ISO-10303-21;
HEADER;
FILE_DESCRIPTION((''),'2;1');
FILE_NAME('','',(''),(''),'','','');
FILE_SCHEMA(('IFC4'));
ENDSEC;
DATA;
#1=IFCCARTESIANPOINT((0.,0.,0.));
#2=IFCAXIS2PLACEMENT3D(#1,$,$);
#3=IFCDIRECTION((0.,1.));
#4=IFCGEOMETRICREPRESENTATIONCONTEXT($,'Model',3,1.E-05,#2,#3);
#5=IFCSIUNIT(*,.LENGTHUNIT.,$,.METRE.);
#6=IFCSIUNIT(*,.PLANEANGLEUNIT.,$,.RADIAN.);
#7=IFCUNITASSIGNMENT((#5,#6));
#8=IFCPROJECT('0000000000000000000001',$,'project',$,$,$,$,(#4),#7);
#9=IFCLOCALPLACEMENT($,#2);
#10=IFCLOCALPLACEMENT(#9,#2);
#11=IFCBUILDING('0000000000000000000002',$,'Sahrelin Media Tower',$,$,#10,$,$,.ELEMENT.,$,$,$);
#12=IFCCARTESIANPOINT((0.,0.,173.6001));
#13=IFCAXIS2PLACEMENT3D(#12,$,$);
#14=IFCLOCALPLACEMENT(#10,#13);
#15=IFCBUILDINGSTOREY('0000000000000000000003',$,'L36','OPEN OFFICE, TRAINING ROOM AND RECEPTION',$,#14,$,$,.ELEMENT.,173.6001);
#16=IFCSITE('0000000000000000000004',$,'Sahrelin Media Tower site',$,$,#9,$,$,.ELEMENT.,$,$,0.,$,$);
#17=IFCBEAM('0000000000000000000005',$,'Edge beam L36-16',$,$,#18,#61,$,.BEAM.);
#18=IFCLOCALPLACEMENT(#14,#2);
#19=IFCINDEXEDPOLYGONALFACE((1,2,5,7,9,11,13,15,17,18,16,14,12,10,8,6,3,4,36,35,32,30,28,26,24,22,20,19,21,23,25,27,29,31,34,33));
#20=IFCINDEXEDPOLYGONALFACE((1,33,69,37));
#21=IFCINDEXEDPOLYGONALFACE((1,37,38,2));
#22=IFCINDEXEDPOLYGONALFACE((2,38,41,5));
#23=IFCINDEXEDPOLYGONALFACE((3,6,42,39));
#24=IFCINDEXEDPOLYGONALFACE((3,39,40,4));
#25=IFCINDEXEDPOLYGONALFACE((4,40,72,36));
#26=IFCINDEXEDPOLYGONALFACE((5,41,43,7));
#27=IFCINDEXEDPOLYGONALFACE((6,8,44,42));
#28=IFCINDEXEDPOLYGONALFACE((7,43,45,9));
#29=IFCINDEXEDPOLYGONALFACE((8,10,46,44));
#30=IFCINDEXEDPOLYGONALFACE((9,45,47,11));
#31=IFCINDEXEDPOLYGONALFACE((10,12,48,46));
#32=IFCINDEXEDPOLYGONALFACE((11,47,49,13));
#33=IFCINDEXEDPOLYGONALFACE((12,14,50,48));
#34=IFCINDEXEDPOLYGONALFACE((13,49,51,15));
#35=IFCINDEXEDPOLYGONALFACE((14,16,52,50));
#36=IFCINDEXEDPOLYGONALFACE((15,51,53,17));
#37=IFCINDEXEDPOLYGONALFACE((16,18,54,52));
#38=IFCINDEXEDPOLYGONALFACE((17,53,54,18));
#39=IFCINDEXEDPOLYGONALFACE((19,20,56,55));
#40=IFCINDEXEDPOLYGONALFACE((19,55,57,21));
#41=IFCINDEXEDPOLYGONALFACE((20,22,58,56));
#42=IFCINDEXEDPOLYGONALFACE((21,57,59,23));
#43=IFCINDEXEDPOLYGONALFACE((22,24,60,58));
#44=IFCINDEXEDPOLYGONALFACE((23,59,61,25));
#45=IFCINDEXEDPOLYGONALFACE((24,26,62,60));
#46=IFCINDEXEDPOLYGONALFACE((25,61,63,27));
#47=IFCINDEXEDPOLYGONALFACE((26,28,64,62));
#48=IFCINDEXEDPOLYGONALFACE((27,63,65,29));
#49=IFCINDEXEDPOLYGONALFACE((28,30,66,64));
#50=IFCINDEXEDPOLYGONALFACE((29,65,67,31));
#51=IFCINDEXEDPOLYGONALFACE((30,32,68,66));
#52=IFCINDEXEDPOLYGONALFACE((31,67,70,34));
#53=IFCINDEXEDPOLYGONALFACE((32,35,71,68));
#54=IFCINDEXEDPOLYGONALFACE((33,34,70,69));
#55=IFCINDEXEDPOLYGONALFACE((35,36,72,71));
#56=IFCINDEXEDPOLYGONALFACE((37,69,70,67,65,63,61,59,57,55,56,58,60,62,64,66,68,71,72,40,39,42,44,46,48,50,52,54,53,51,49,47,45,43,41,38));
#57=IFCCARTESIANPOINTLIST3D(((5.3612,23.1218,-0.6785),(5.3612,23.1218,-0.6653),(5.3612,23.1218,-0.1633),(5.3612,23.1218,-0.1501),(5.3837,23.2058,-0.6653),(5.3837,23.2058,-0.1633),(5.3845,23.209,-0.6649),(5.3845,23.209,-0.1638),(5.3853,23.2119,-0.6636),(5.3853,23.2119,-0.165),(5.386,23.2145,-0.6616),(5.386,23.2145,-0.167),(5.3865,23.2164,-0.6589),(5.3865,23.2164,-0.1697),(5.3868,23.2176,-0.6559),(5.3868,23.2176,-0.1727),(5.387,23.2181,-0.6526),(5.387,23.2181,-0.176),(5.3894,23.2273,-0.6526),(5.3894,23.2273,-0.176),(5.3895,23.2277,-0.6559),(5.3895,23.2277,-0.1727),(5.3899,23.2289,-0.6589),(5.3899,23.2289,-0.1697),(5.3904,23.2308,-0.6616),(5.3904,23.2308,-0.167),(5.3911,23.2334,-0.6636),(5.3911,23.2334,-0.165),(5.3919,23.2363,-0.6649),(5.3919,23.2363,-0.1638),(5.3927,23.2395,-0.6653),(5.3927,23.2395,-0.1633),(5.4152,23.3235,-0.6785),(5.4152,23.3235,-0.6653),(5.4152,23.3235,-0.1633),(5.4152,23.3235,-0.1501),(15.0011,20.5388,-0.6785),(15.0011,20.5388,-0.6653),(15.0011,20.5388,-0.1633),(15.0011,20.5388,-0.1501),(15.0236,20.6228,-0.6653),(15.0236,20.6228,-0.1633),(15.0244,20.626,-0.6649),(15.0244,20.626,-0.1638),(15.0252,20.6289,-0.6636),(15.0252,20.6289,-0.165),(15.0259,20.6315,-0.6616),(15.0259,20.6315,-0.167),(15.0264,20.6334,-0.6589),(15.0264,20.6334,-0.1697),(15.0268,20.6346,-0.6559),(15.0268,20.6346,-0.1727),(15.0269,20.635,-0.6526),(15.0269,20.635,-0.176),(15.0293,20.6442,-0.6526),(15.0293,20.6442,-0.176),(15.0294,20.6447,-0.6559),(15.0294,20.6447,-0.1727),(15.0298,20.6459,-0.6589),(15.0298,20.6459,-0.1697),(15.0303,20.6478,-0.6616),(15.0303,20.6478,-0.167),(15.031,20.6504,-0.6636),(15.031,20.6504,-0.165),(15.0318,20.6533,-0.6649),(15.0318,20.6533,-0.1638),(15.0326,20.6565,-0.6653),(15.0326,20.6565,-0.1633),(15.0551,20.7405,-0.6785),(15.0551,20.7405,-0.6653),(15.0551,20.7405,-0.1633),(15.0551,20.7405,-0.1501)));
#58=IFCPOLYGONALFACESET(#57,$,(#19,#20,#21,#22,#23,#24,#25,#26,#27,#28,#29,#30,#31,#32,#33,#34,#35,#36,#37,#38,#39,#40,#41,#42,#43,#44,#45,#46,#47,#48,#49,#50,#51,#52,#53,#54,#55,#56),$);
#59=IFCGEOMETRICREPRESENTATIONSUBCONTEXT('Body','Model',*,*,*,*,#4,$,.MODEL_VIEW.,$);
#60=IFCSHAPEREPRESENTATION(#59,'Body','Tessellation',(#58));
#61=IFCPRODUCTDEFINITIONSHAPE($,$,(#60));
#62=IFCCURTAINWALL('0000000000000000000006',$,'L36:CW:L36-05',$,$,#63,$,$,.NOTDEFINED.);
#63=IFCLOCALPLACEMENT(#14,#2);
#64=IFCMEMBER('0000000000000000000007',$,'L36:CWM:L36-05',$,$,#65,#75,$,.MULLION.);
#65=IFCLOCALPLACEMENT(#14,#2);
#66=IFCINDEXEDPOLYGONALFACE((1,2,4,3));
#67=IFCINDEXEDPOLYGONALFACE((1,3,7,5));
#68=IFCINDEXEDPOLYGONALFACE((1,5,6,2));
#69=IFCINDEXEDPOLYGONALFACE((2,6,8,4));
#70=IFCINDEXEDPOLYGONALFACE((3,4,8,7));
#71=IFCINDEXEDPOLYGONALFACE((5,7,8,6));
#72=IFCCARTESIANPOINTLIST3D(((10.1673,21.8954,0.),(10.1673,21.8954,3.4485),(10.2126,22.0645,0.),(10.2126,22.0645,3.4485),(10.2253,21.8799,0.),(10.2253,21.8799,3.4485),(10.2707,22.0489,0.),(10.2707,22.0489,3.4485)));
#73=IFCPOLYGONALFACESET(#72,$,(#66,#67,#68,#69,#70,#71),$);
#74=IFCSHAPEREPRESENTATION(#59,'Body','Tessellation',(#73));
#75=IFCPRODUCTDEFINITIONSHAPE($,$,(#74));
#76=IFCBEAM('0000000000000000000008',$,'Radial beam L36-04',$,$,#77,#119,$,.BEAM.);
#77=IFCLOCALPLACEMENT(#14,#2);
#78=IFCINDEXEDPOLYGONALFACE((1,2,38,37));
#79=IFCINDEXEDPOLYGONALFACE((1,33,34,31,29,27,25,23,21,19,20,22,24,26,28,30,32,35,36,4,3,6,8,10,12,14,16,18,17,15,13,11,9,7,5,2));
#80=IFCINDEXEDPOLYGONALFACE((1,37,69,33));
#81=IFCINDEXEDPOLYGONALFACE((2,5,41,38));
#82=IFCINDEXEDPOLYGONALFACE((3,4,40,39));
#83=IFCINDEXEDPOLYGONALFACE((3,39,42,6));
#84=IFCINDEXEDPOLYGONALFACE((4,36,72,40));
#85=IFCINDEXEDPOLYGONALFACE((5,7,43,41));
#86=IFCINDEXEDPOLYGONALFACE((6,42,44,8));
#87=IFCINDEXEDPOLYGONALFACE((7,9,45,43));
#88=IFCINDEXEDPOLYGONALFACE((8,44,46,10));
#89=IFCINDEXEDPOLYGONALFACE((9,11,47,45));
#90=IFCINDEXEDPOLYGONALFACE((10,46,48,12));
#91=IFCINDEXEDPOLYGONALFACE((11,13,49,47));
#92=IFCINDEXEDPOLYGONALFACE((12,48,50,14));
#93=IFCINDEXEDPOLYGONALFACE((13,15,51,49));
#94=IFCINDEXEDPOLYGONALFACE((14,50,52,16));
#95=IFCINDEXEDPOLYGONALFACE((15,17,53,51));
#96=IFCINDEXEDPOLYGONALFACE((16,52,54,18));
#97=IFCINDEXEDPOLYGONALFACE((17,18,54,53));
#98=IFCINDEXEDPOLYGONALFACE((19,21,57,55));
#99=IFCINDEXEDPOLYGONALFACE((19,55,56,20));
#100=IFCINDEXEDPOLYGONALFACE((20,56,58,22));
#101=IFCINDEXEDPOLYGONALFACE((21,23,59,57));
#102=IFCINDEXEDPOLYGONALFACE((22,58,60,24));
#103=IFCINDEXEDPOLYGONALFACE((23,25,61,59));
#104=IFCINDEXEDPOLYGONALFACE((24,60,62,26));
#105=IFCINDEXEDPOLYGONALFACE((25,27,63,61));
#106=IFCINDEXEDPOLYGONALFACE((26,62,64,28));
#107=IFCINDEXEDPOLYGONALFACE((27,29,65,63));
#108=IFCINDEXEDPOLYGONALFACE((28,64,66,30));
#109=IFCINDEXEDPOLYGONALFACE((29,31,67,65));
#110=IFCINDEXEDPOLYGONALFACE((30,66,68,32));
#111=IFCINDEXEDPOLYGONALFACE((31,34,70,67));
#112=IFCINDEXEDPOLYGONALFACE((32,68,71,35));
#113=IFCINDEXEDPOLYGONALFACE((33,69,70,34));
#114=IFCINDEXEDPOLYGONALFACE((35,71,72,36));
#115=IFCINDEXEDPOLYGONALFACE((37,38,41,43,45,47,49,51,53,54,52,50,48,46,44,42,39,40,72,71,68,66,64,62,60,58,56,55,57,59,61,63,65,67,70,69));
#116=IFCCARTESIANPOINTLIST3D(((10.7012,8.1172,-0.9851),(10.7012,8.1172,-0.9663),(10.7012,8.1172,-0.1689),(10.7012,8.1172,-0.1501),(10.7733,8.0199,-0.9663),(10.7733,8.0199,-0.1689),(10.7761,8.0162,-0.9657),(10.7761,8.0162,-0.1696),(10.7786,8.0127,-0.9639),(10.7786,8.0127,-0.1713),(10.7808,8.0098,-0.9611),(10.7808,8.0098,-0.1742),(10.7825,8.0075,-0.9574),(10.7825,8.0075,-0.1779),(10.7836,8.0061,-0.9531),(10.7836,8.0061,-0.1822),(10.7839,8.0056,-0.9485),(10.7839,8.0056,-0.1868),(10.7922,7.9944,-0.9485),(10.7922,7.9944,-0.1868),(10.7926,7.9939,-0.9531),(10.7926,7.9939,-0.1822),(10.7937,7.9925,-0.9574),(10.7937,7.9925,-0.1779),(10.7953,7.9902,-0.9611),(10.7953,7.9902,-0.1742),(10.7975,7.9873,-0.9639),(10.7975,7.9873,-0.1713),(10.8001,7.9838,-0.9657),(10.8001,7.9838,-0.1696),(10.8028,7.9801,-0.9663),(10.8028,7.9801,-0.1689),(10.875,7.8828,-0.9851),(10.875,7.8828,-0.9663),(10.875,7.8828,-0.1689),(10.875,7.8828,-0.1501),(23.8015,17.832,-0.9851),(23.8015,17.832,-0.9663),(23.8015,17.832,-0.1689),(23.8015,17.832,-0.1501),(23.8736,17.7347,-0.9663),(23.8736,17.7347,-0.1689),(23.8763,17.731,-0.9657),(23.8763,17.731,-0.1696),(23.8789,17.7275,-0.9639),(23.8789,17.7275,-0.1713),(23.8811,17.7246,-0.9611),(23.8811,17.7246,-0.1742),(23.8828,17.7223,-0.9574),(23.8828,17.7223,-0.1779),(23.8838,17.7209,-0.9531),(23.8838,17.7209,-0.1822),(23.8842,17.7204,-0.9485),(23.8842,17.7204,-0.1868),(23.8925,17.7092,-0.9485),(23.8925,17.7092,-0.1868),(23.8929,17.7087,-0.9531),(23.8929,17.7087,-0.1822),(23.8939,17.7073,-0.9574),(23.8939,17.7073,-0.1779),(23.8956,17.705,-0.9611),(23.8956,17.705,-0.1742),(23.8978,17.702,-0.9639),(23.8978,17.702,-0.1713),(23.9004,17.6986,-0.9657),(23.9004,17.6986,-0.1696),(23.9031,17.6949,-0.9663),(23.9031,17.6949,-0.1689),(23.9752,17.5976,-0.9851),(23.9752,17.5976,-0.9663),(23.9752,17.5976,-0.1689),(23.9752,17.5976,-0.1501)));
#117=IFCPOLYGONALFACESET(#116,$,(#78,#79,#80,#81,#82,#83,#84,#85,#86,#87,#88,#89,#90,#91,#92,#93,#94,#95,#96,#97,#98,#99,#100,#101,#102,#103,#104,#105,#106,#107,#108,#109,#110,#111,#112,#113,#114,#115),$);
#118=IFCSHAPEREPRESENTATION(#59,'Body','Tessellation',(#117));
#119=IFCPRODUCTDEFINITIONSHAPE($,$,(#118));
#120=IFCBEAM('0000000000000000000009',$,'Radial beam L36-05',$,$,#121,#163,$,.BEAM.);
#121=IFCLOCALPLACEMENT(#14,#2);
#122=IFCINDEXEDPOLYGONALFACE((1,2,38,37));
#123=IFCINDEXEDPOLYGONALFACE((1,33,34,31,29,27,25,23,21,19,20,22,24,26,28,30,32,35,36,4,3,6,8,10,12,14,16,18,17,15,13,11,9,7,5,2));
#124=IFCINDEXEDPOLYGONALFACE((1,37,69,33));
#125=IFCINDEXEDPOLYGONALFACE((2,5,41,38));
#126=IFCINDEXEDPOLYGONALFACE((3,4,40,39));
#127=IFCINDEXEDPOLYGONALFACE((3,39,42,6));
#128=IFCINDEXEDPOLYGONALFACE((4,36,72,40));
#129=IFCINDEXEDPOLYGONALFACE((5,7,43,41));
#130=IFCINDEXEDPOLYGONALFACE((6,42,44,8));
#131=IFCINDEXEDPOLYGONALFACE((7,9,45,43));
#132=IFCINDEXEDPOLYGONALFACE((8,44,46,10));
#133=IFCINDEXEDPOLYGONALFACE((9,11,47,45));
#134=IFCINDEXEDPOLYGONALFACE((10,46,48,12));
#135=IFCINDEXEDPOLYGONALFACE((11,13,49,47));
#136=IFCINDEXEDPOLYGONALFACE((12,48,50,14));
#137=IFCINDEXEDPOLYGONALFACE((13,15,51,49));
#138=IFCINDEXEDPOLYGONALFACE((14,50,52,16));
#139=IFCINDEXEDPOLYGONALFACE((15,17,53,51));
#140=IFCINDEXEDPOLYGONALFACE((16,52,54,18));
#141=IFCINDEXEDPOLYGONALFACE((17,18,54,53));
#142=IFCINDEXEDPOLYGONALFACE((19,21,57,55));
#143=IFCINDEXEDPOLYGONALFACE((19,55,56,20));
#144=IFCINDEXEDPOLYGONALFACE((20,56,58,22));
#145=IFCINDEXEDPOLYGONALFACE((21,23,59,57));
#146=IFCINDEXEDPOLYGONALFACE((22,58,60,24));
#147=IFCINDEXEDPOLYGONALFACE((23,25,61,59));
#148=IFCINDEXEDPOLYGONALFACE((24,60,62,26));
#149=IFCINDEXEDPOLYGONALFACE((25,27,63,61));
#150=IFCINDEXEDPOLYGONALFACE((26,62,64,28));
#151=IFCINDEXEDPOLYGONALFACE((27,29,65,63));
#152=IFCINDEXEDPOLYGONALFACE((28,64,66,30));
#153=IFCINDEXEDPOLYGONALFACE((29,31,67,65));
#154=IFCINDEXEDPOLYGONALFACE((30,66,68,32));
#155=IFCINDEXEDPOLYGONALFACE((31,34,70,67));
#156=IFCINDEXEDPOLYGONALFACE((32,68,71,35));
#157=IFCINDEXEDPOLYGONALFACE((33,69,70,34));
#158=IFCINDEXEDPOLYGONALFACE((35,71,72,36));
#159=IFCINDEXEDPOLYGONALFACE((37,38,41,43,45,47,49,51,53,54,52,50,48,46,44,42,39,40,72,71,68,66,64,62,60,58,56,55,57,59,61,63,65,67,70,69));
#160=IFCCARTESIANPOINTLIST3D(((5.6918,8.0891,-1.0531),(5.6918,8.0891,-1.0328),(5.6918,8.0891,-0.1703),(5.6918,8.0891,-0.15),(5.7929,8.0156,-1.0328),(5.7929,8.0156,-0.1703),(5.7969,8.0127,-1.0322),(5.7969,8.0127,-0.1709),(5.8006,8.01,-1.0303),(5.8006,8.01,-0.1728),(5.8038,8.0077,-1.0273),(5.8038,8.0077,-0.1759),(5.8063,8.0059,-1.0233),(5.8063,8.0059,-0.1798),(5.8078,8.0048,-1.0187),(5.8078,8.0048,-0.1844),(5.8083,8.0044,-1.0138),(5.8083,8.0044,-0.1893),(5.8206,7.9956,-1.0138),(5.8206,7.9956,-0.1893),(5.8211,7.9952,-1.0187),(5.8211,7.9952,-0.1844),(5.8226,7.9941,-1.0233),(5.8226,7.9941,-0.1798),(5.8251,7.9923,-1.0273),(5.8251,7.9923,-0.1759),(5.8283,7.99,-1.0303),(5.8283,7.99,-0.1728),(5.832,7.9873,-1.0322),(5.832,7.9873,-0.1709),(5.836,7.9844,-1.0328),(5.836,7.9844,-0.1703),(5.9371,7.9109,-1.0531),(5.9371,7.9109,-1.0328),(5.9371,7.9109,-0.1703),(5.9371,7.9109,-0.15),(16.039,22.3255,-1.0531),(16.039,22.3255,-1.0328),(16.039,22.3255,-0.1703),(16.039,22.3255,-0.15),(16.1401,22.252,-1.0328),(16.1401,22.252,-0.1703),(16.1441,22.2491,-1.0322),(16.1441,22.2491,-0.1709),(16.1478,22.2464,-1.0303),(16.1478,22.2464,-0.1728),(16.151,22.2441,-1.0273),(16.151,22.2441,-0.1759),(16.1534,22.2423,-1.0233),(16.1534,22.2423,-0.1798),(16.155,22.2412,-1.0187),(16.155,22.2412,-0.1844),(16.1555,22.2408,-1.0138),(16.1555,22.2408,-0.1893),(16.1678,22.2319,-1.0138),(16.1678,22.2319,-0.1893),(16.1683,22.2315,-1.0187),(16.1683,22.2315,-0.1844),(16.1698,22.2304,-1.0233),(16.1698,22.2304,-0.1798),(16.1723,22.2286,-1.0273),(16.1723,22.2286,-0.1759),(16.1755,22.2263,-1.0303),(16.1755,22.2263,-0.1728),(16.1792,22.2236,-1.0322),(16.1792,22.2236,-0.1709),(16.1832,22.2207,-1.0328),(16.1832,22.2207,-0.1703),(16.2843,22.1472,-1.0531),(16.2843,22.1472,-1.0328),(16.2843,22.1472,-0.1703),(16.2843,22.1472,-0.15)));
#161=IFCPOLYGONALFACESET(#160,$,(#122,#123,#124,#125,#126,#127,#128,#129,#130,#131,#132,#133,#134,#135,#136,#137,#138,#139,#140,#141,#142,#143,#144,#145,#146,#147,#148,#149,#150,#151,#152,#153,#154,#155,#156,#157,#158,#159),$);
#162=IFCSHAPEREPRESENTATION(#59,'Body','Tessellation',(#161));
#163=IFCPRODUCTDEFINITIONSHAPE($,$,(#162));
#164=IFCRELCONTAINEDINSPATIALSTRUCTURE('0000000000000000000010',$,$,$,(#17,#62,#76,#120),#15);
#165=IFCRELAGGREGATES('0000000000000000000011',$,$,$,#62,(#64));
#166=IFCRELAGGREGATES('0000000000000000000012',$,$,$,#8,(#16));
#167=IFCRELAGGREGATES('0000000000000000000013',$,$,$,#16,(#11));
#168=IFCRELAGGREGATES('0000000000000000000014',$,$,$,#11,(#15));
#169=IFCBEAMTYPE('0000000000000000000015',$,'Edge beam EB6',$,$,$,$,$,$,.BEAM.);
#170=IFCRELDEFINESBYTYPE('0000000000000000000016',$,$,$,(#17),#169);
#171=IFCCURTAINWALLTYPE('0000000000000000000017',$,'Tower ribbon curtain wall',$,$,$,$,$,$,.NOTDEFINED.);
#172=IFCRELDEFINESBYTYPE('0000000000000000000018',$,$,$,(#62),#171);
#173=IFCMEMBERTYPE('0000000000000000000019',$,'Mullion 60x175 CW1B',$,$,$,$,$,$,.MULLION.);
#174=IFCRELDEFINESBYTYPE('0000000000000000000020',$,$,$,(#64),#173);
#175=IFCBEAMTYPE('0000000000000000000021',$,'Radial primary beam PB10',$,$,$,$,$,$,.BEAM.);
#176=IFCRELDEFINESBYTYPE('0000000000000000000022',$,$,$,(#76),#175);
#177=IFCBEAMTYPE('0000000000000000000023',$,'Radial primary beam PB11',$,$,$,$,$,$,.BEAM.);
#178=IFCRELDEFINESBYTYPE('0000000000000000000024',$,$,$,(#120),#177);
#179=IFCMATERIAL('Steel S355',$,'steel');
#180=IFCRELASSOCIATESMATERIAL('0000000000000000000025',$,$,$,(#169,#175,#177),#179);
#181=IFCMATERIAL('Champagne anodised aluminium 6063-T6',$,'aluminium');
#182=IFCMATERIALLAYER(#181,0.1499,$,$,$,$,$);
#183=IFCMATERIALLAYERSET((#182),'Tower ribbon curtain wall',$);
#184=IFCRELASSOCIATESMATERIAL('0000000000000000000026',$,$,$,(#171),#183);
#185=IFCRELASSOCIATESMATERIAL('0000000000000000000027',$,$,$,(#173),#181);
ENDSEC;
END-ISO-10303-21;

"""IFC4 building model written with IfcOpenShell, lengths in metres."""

from ifc_helpers import new_model, si_unit, direction, frame, origin, origin_2d, place, context, subcontext, project, spatial, rectangle, i_section, extrude, material, layer, layer_set, material_profile, profile_set, type_object, element, aggregate, save


model = new_model("IFC4")

# Units and contexts
model_context = context("Model", 3, precision=1e-05, world=origin(), true_north=direction((0.0, 1.0)))
body_context = subcontext(model_context, "Body", "Model", "MODEL_VIEW")
ifc_project = project(units=[si_unit("LENGTHUNIT", "METRE"), si_unit("PLANEANGLEUNIT", "RADIAN")], contexts=[model_context])

# Site, building, storey
site_placement = place(None, origin())
site = spatial("IfcSite", under=ifc_project, at=site_placement, Name="Sahrelin Media Tower site", CompositionType="ELEMENT", RefElevation=0.0)
building_placement = place(site_placement, origin())
building = spatial("IfcBuilding", under=site, at=building_placement, Name="Sahrelin Media Tower", CompositionType="ELEMENT")
storey_placement = place(building_placement, frame((0.0, 0.0, 173.6001)))
storey = spatial("IfcBuildingStorey", under=building, at=storey_placement, Name="L36", Description="OPEN OFFICE, TRAINING ROOM AND RECEPTION", CompositionType="ELEMENT", Elevation=173.6001)

# Beam
ifc_material_1 = material(Name="Steel S355", Category="steel")
ifc_material_profile_1 = material_profile(ifc_material_1, i_section(OverallWidth=0.2087, OverallDepth=0.5283, WebThickness=0.0095, FlangeThickness=0.0132, FilletRadius=0.0127, at=origin_2d()), Name="UB 533x210x82")
ifc_profile_set_1 = profile_set([ifc_material_profile_1], Name="Steel S355")
beam_type_1 = type_object("IfcBeamType", Name="Edge beam EB6", PredefinedType="BEAM", material=ifc_profile_set_1)
beam_1_placement = place(storey_placement, frame((5.3882, 23.2227, -0.4143), z_axis=(0.965926, -0.25882, 0.0), x_axis=(0.25882, 0.965926, 0.0)))
element("IfcBeam", 1, at=beam_1_placement, inside=storey, type_object=beam_type_1, Name="Edge beam L36-16", PredefinedType="BEAM", context=body_context, shape_type="SweptSolid", body=[
    extrude(i_section(OverallWidth=0.2087, OverallDepth=0.5283, WebThickness=0.0095, FlangeThickness=0.0132, FilletRadius=0.0127, at=origin_2d()), origin(), (0.0, 0.0, 1.0), 9.98),
])

# Curtain wall, member
ifc_material_2 = material(Name="Champagne anodised aluminium 6063-T6", Category="aluminium")
ifc_layer_1 = layer(ifc_material_2, 0.1499)
ifc_layer_set_1 = layer_set([ifc_layer_1], Name="Tower ribbon curtain wall")
curtain_wall_type = type_object("IfcCurtainWallType", Name="Tower ribbon curtain wall", PredefinedType="NOTDEFINED", material=ifc_layer_set_1)
curtain_wall_1_placement = place(storey_placement, frame((10.2471, 22.0762, 0.0), z_axis=(0.0, 0.0, 1.0), x_axis=(1.0, 0.0, 0.0)))
curtain_wall_1 = element("IfcCurtainWall", 2, at=curtain_wall_1_placement, inside=storey, type_object=curtain_wall_type, Name="L36:CW:L36-05", PredefinedType="NOTDEFINED")
ifc_material_profile_2 = material_profile(ifc_material_2, rectangle(XDim=0.0601, YDim=0.175, at=origin_2d()), Name="Mullion 60x175")
ifc_profile_set_2 = profile_set([ifc_material_profile_2], Name="Champagne anodised aluminium 6063-T6")
member_type_1 = type_object("IfcMemberType", Name="Mullion 60x175 CW1B", PredefinedType="MULLION", material=ifc_profile_set_2)
member_1_placement = place(storey_placement, frame((10.219, 21.9722, 0.0), z_axis=(0.0, 0.0, 1.0), x_axis=(-0.965925, 0.258821, 0.0)))
member_1 = element("IfcMember", 3, at=member_1_placement, type_object=member_type_1, Name="L36:CWM:L36-05", PredefinedType="MULLION", context=body_context, shape_type="SweptSolid", body=[
    extrude(rectangle(XDim=0.0601, YDim=0.175, at=origin_2d()), origin(), (0.0, 0.0, 1.0), 3.4485),
])

# Beams
ifc_material_profile_3 = material_profile(ifc_material_1, i_section(OverallWidth=0.2917, OverallDepth=0.835, WebThickness=0.0139, FlangeThickness=0.0188, FilletRadius=0.0178, at=origin_2d()), Name="UB 838x292x176")
ifc_profile_set_3 = profile_set([ifc_material_profile_3], Name="Steel S355")
beam_type_2 = type_object("IfcBeamType", Name="Radial primary beam PB10", PredefinedType="BEAM", material=ifc_profile_set_3)
beam_2_placement = place(storey_placement, frame((10.7881, 8.0, -0.5676), z_axis=(0.803238, 0.595658, 0.0), x_axis=(-0.595658, 0.803238, 0.0)))
element("IfcBeam", 4, at=beam_2_placement, inside=storey, type_object=beam_type_2, Name="Radial beam L36-04", PredefinedType="BEAM", context=body_context, shape_type="SweptSolid", body=[
    extrude(i_section(OverallWidth=0.2917, OverallDepth=0.835, WebThickness=0.0139, FlangeThickness=0.0188, FilletRadius=0.0178, at=origin_2d()), origin(), (0.0, 0.0, 1.0), 16.3093),
])
ifc_material_profile_4 = material_profile(ifc_material_1, i_section(OverallWidth=0.3032, OverallDepth=0.9031, WebThickness=0.0151, FlangeThickness=0.0203, FilletRadius=0.019, at=origin_2d()), Name="UB 914x305x201")
ifc_profile_set_4 = profile_set([ifc_material_profile_4], Name="Steel S355")
beam_type_3 = type_object("IfcBeamType", Name="Radial primary beam PB11", PredefinedType="BEAM", material=ifc_profile_set_4)
beam_3_placement = place(storey_placement, frame((5.8145, 8.0, -0.6016), z_axis=(0.587929, 0.808912, 0.0), x_axis=(-0.808912, 0.587929, 0.0)))
element("IfcBeam", 5, at=beam_3_placement, inside=storey, type_object=beam_type_3, Name="Radial beam L36-05", PredefinedType="BEAM", context=body_context, shape_type="SweptSolid", body=[
    extrude(i_section(OverallWidth=0.3032, OverallDepth=0.9031, WebThickness=0.0151, FlangeThickness=0.0203, FilletRadius=0.019, at=origin_2d()), origin(), (0.0, 0.0, 1.0), 17.5994),
])

aggregate(curtain_wall_1, [member_1])

save(model, "model.ifc")
